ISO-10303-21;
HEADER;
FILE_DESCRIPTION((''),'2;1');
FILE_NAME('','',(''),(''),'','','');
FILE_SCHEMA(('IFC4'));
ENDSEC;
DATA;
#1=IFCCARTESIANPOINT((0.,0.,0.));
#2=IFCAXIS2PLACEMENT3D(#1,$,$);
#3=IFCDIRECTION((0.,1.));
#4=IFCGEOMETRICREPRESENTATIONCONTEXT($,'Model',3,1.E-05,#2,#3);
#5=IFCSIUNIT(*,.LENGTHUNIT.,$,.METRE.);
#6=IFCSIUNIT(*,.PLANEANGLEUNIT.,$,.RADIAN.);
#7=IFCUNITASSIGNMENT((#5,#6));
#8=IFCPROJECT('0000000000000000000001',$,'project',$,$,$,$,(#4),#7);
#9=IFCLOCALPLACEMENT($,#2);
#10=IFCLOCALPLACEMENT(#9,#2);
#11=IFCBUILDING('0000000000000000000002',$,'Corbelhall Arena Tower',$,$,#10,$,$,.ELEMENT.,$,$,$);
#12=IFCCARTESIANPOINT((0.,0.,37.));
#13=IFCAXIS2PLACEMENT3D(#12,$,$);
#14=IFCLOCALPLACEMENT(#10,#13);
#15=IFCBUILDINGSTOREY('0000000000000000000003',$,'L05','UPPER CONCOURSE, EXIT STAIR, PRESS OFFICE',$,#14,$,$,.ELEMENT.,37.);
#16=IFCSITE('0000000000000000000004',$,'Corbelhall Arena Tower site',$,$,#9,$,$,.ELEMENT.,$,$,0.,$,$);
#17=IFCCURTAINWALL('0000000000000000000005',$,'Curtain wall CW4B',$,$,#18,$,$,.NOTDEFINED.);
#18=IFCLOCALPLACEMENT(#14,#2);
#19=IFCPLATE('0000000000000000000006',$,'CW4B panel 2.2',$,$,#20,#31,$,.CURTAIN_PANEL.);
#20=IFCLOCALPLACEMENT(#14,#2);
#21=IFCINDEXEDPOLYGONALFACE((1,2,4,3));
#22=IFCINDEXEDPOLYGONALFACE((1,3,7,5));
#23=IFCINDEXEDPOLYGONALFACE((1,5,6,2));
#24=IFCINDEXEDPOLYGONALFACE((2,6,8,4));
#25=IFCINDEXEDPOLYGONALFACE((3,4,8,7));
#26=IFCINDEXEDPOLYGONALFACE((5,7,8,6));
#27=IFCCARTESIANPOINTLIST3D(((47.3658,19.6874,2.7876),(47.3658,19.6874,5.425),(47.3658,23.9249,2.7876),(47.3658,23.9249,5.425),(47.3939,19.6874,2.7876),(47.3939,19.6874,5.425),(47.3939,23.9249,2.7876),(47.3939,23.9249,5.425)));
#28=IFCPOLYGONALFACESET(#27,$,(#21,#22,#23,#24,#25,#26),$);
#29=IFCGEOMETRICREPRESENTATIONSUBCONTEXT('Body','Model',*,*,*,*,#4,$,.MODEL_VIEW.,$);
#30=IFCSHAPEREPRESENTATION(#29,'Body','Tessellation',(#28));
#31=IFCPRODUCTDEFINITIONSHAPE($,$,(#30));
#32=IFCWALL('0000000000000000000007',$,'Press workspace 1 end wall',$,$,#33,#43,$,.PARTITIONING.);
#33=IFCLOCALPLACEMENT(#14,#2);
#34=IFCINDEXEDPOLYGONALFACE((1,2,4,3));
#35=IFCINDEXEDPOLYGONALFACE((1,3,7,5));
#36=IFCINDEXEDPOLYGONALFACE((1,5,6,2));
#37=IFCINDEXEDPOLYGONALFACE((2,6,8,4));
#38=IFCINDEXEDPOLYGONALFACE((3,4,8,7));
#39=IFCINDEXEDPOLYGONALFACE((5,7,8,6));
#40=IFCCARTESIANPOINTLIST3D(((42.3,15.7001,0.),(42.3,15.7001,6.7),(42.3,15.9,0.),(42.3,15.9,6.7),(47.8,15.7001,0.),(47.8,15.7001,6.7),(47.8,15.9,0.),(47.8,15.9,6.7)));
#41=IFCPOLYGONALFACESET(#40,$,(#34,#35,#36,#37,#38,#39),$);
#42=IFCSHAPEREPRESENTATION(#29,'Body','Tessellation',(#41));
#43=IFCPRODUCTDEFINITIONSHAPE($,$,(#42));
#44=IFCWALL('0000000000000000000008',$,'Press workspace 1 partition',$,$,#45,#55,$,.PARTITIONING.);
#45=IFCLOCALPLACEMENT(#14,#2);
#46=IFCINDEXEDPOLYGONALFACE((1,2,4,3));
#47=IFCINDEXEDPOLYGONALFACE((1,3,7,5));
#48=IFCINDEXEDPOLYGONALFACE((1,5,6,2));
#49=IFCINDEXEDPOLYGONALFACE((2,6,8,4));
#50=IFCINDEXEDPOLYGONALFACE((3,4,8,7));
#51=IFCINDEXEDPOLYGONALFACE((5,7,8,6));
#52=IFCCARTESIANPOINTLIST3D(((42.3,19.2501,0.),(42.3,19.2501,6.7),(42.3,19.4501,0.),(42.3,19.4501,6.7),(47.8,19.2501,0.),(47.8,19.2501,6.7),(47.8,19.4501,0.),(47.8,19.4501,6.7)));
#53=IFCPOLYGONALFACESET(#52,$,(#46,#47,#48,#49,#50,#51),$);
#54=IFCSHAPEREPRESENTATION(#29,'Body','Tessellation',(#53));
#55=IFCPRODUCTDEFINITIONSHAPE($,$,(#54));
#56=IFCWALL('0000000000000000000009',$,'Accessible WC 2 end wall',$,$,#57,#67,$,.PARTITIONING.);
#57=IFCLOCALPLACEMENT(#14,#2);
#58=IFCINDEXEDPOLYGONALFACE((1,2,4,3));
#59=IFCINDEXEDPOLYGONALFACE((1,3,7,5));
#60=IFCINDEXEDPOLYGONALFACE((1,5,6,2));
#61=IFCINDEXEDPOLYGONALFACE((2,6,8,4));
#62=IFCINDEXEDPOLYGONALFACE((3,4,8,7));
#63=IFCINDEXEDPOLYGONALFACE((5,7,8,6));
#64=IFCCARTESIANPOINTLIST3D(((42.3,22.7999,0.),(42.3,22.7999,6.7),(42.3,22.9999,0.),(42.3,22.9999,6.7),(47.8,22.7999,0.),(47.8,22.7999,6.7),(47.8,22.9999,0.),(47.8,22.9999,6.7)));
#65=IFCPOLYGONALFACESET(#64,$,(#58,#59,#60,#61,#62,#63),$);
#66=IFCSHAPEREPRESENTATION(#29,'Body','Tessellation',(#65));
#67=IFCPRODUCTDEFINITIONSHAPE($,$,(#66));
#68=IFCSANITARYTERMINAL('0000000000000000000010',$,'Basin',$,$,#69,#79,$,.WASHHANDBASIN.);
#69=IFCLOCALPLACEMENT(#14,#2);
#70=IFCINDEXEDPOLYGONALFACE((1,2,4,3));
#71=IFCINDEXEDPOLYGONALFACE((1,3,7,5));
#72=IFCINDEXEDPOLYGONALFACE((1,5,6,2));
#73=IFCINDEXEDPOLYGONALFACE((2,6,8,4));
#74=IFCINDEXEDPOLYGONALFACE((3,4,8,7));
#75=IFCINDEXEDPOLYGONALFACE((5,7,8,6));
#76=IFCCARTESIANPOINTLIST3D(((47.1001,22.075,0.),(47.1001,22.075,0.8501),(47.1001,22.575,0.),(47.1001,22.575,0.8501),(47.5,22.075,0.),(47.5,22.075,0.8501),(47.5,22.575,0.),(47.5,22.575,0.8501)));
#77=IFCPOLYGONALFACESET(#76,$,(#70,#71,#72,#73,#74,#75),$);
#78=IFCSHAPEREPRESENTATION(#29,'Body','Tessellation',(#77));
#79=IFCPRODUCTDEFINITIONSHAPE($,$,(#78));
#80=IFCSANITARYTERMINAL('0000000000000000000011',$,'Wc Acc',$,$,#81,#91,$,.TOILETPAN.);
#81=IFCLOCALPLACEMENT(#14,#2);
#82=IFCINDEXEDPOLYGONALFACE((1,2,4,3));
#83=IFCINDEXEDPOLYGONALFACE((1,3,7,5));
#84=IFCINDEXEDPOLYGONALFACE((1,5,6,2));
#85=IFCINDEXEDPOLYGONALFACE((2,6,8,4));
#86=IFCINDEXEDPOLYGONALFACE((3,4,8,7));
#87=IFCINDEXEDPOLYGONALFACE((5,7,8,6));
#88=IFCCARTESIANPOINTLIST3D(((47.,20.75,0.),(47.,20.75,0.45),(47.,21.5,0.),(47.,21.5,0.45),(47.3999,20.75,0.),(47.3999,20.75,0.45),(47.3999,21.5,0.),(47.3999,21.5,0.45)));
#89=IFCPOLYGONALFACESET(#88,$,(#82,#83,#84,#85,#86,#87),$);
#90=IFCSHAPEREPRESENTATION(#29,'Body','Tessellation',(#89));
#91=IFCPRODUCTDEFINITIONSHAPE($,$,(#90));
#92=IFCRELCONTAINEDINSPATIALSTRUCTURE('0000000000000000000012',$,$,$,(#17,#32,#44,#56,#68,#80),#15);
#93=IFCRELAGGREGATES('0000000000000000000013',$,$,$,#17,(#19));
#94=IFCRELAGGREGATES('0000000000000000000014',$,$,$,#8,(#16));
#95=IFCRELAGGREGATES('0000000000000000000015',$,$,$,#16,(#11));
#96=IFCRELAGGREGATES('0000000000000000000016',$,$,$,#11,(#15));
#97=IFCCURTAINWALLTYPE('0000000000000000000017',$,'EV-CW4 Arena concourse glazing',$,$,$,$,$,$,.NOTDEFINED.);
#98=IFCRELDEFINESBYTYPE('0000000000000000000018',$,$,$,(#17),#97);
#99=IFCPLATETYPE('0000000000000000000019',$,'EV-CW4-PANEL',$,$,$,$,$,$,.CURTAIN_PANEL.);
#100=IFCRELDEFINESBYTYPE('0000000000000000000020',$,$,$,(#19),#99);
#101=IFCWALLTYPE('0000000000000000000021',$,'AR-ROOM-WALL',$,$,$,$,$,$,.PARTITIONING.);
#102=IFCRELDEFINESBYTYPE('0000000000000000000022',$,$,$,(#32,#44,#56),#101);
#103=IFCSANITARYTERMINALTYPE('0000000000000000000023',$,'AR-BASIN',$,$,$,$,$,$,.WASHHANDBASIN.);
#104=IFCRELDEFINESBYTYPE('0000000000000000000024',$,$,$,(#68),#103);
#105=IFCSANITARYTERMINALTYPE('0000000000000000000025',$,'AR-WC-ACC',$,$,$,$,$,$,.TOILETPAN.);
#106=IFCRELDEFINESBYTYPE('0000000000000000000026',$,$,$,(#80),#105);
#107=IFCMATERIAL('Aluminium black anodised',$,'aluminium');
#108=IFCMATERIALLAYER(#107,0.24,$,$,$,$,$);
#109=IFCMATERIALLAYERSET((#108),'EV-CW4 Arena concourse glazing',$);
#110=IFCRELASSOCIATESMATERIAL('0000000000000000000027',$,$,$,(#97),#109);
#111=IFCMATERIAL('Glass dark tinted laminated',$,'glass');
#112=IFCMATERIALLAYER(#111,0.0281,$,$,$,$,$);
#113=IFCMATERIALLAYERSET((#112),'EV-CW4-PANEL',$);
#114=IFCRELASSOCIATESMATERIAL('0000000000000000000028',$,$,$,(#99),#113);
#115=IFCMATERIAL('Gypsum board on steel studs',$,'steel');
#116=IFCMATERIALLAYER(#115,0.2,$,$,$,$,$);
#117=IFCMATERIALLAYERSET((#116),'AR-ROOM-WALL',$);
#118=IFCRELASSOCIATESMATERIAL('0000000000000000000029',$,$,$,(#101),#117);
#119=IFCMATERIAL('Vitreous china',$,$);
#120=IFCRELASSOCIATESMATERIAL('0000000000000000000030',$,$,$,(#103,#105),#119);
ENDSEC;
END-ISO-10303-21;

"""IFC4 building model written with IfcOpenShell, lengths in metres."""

from ifc_helpers import new_model, si_unit, direction, frame, frame_2d, origin, origin_2d, place, context, subcontext, project, spatial, rectangle, extrude, material, layer, layer_set, type_object, element, aggregate, save


model = new_model("IFC4")

# Units and contexts
model_context = context("Model", 3, precision=1e-05, world=origin(), true_north=direction((0.0, 1.0)))
body_context = subcontext(model_context, "Body", "Model", "MODEL_VIEW")
ifc_project = project(units=[si_unit("LENGTHUNIT", "METRE"), si_unit("PLANEANGLEUNIT", "RADIAN")], contexts=[model_context])

# Site, building, storey
site_placement = place(None, origin())
site = spatial("IfcSite", under=ifc_project, at=site_placement, Name="Corbelhall Arena Tower site", CompositionType="ELEMENT", RefElevation=0.0)
building_placement = place(site_placement, origin())
building = spatial("IfcBuilding", under=site, at=building_placement, Name="Corbelhall Arena Tower", CompositionType="ELEMENT")
storey_placement = place(building_placement, frame((0.0, 0.0, 37.0)))
storey = spatial("IfcBuildingStorey", under=building, at=storey_placement, Name="L05", Description="UPPER CONCOURSE, EXIT STAIR, PRESS OFFICE", CompositionType="ELEMENT", Elevation=37.0)

# Curtain wall
ifc_material_1 = material(Name="Aluminium black anodised", Category="aluminium")
ifc_layer_1 = layer(ifc_material_1, 0.24)
ifc_layer_set_1 = layer_set([ifc_layer_1], Name="EV-CW4 Arena concourse glazing")
curtain_wall_type = type_object("IfcCurtainWallType", Name="EV-CW4 Arena concourse glazing", PredefinedType="NOTDEFINED", material=ifc_layer_set_1)
curtain_wall_placement = place(storey_placement, origin())
curtain_wall = element("IfcCurtainWall", 1, at=curtain_wall_placement, inside=storey, type_object=curtain_wall_type, Name="Curtain wall CW4B", PredefinedType="NOTDEFINED")

# Plate
ifc_material_2 = material(Name="Glass dark tinted laminated", Category="glass")
ifc_layer_2 = layer(ifc_material_2, 0.0281)
ifc_layer_set_2 = layer_set([ifc_layer_2], Name="EV-CW4-PANEL")
plate_type = type_object("IfcPlateType", Name="EV-CW4-PANEL", PredefinedType="CURTAIN_PANEL", material=ifc_layer_set_2)
plate_1_placement = place(storey_placement, frame((47.3799, 21.8062, 2.7876), z_axis=(0.0, 0.0, 1.0), x_axis=(0.0, 1.0, 0.0)))
plate_1 = element("IfcPlate", 2, at=plate_1_placement, type_object=plate_type, Name="CW4B panel 2.2", PredefinedType="CURTAIN_PANEL", context=body_context, shape_type="SweptSolid", body=[
    extrude(rectangle(XDim=4.2375, YDim=0.0281, at=origin_2d()), origin(), (0.0, 0.0, 1.0), 2.6375),
])
aggregate(curtain_wall, [plate_1])

# Shared definitions
ifc_material_3 = material(Name="Gypsum board on steel studs", Category="steel")
ifc_layer_3 = layer(ifc_material_3, 0.2)
ifc_layer_set_3 = layer_set([ifc_layer_3], Name="AR-ROOM-WALL")
wall_type_1 = type_object("IfcWallType", Name="AR-ROOM-WALL", PredefinedType="PARTITIONING", material=ifc_layer_set_3)

# Walls
for number, where, z_axis, x_axis, name in (
    (3, (42.3, 15.8, 0.0), (0.0, 0.0, 1.0), (1.0, 0.0, 0.0), "Press workspace 1 end wall"),
    (4, (42.3, 19.3501, 0.0), (0.0, 0.0, 1.0), (1.0, 0.0, 0.0), "Press workspace 1 partition"),
):
    element("IfcWall", number, at=place(storey_placement, frame(where, z_axis=z_axis, x_axis=x_axis)), inside=storey, type_object=wall_type_1, Name=name, PredefinedType="PARTITIONING", context=body_context, shape_type="SweptSolid", body=[
        extrude(rectangle(XDim=5.5, YDim=0.2, at=frame_2d((2.75, 0.0))), origin(), (0.0, 0.0, 1.0), 6.7),
    ])

# Wall
wall_1_placement = place(storey_placement, frame((42.3, 22.8999, 0.0), z_axis=(0.0, 0.0, 1.0), x_axis=(1.0, 0.0, 0.0)))
element("IfcWall", 5, at=wall_1_placement, inside=storey, type_object=wall_type_1, Name="Accessible WC 2 end wall", PredefinedType="PARTITIONING", context=body_context, shape_type="SweptSolid", body=[
    extrude(rectangle(XDim=5.5, YDim=0.2, at=frame_2d((2.75, 0.0))), origin(), (0.0, 0.0, 1.0), 6.7),
])

# Sanitary terminals
ifc_material_4 = material(Name="Vitreous china")
sanitary_terminal_type_1 = type_object("IfcSanitaryTerminalType", Name="AR-BASIN", PredefinedType="WASHHANDBASIN", material=ifc_material_4)
sanitary_terminal_1_placement = place(storey_placement, frame((47.3, 22.325, 0.0), z_axis=(0.0, 0.0, 1.0), x_axis=(1.0, 0.0, 0.0)))
element("IfcSanitaryTerminal", 6, at=sanitary_terminal_1_placement, inside=storey, type_object=sanitary_terminal_type_1, Name="Basin", PredefinedType="WASHHANDBASIN", context=body_context, shape_type="SweptSolid", body=[
    extrude(rectangle(XDim=0.3999, YDim=0.5, at=origin_2d()), origin(), (0.0, 0.0, 1.0), 0.8501),
])
sanitary_terminal_type_2 = type_object("IfcSanitaryTerminalType", Name="AR-WC-ACC", PredefinedType="TOILETPAN", material=ifc_material_4)
sanitary_terminal_2_placement = place(storey_placement, frame((47.2, 21.125, 0.0), z_axis=(0.0, 0.0, 1.0), x_axis=(1.0, 0.0, 0.0)))
element("IfcSanitaryTerminal", 7, at=sanitary_terminal_2_placement, inside=storey, type_object=sanitary_terminal_type_2, Name="Wc Acc", PredefinedType="TOILETPAN", context=body_context, shape_type="SweptSolid", body=[
    extrude(rectangle(XDim=0.3999, YDim=0.75, at=origin_2d()), origin(), (0.0, 0.0, 1.0), 0.45),
])

save(model, "model.ifc")
